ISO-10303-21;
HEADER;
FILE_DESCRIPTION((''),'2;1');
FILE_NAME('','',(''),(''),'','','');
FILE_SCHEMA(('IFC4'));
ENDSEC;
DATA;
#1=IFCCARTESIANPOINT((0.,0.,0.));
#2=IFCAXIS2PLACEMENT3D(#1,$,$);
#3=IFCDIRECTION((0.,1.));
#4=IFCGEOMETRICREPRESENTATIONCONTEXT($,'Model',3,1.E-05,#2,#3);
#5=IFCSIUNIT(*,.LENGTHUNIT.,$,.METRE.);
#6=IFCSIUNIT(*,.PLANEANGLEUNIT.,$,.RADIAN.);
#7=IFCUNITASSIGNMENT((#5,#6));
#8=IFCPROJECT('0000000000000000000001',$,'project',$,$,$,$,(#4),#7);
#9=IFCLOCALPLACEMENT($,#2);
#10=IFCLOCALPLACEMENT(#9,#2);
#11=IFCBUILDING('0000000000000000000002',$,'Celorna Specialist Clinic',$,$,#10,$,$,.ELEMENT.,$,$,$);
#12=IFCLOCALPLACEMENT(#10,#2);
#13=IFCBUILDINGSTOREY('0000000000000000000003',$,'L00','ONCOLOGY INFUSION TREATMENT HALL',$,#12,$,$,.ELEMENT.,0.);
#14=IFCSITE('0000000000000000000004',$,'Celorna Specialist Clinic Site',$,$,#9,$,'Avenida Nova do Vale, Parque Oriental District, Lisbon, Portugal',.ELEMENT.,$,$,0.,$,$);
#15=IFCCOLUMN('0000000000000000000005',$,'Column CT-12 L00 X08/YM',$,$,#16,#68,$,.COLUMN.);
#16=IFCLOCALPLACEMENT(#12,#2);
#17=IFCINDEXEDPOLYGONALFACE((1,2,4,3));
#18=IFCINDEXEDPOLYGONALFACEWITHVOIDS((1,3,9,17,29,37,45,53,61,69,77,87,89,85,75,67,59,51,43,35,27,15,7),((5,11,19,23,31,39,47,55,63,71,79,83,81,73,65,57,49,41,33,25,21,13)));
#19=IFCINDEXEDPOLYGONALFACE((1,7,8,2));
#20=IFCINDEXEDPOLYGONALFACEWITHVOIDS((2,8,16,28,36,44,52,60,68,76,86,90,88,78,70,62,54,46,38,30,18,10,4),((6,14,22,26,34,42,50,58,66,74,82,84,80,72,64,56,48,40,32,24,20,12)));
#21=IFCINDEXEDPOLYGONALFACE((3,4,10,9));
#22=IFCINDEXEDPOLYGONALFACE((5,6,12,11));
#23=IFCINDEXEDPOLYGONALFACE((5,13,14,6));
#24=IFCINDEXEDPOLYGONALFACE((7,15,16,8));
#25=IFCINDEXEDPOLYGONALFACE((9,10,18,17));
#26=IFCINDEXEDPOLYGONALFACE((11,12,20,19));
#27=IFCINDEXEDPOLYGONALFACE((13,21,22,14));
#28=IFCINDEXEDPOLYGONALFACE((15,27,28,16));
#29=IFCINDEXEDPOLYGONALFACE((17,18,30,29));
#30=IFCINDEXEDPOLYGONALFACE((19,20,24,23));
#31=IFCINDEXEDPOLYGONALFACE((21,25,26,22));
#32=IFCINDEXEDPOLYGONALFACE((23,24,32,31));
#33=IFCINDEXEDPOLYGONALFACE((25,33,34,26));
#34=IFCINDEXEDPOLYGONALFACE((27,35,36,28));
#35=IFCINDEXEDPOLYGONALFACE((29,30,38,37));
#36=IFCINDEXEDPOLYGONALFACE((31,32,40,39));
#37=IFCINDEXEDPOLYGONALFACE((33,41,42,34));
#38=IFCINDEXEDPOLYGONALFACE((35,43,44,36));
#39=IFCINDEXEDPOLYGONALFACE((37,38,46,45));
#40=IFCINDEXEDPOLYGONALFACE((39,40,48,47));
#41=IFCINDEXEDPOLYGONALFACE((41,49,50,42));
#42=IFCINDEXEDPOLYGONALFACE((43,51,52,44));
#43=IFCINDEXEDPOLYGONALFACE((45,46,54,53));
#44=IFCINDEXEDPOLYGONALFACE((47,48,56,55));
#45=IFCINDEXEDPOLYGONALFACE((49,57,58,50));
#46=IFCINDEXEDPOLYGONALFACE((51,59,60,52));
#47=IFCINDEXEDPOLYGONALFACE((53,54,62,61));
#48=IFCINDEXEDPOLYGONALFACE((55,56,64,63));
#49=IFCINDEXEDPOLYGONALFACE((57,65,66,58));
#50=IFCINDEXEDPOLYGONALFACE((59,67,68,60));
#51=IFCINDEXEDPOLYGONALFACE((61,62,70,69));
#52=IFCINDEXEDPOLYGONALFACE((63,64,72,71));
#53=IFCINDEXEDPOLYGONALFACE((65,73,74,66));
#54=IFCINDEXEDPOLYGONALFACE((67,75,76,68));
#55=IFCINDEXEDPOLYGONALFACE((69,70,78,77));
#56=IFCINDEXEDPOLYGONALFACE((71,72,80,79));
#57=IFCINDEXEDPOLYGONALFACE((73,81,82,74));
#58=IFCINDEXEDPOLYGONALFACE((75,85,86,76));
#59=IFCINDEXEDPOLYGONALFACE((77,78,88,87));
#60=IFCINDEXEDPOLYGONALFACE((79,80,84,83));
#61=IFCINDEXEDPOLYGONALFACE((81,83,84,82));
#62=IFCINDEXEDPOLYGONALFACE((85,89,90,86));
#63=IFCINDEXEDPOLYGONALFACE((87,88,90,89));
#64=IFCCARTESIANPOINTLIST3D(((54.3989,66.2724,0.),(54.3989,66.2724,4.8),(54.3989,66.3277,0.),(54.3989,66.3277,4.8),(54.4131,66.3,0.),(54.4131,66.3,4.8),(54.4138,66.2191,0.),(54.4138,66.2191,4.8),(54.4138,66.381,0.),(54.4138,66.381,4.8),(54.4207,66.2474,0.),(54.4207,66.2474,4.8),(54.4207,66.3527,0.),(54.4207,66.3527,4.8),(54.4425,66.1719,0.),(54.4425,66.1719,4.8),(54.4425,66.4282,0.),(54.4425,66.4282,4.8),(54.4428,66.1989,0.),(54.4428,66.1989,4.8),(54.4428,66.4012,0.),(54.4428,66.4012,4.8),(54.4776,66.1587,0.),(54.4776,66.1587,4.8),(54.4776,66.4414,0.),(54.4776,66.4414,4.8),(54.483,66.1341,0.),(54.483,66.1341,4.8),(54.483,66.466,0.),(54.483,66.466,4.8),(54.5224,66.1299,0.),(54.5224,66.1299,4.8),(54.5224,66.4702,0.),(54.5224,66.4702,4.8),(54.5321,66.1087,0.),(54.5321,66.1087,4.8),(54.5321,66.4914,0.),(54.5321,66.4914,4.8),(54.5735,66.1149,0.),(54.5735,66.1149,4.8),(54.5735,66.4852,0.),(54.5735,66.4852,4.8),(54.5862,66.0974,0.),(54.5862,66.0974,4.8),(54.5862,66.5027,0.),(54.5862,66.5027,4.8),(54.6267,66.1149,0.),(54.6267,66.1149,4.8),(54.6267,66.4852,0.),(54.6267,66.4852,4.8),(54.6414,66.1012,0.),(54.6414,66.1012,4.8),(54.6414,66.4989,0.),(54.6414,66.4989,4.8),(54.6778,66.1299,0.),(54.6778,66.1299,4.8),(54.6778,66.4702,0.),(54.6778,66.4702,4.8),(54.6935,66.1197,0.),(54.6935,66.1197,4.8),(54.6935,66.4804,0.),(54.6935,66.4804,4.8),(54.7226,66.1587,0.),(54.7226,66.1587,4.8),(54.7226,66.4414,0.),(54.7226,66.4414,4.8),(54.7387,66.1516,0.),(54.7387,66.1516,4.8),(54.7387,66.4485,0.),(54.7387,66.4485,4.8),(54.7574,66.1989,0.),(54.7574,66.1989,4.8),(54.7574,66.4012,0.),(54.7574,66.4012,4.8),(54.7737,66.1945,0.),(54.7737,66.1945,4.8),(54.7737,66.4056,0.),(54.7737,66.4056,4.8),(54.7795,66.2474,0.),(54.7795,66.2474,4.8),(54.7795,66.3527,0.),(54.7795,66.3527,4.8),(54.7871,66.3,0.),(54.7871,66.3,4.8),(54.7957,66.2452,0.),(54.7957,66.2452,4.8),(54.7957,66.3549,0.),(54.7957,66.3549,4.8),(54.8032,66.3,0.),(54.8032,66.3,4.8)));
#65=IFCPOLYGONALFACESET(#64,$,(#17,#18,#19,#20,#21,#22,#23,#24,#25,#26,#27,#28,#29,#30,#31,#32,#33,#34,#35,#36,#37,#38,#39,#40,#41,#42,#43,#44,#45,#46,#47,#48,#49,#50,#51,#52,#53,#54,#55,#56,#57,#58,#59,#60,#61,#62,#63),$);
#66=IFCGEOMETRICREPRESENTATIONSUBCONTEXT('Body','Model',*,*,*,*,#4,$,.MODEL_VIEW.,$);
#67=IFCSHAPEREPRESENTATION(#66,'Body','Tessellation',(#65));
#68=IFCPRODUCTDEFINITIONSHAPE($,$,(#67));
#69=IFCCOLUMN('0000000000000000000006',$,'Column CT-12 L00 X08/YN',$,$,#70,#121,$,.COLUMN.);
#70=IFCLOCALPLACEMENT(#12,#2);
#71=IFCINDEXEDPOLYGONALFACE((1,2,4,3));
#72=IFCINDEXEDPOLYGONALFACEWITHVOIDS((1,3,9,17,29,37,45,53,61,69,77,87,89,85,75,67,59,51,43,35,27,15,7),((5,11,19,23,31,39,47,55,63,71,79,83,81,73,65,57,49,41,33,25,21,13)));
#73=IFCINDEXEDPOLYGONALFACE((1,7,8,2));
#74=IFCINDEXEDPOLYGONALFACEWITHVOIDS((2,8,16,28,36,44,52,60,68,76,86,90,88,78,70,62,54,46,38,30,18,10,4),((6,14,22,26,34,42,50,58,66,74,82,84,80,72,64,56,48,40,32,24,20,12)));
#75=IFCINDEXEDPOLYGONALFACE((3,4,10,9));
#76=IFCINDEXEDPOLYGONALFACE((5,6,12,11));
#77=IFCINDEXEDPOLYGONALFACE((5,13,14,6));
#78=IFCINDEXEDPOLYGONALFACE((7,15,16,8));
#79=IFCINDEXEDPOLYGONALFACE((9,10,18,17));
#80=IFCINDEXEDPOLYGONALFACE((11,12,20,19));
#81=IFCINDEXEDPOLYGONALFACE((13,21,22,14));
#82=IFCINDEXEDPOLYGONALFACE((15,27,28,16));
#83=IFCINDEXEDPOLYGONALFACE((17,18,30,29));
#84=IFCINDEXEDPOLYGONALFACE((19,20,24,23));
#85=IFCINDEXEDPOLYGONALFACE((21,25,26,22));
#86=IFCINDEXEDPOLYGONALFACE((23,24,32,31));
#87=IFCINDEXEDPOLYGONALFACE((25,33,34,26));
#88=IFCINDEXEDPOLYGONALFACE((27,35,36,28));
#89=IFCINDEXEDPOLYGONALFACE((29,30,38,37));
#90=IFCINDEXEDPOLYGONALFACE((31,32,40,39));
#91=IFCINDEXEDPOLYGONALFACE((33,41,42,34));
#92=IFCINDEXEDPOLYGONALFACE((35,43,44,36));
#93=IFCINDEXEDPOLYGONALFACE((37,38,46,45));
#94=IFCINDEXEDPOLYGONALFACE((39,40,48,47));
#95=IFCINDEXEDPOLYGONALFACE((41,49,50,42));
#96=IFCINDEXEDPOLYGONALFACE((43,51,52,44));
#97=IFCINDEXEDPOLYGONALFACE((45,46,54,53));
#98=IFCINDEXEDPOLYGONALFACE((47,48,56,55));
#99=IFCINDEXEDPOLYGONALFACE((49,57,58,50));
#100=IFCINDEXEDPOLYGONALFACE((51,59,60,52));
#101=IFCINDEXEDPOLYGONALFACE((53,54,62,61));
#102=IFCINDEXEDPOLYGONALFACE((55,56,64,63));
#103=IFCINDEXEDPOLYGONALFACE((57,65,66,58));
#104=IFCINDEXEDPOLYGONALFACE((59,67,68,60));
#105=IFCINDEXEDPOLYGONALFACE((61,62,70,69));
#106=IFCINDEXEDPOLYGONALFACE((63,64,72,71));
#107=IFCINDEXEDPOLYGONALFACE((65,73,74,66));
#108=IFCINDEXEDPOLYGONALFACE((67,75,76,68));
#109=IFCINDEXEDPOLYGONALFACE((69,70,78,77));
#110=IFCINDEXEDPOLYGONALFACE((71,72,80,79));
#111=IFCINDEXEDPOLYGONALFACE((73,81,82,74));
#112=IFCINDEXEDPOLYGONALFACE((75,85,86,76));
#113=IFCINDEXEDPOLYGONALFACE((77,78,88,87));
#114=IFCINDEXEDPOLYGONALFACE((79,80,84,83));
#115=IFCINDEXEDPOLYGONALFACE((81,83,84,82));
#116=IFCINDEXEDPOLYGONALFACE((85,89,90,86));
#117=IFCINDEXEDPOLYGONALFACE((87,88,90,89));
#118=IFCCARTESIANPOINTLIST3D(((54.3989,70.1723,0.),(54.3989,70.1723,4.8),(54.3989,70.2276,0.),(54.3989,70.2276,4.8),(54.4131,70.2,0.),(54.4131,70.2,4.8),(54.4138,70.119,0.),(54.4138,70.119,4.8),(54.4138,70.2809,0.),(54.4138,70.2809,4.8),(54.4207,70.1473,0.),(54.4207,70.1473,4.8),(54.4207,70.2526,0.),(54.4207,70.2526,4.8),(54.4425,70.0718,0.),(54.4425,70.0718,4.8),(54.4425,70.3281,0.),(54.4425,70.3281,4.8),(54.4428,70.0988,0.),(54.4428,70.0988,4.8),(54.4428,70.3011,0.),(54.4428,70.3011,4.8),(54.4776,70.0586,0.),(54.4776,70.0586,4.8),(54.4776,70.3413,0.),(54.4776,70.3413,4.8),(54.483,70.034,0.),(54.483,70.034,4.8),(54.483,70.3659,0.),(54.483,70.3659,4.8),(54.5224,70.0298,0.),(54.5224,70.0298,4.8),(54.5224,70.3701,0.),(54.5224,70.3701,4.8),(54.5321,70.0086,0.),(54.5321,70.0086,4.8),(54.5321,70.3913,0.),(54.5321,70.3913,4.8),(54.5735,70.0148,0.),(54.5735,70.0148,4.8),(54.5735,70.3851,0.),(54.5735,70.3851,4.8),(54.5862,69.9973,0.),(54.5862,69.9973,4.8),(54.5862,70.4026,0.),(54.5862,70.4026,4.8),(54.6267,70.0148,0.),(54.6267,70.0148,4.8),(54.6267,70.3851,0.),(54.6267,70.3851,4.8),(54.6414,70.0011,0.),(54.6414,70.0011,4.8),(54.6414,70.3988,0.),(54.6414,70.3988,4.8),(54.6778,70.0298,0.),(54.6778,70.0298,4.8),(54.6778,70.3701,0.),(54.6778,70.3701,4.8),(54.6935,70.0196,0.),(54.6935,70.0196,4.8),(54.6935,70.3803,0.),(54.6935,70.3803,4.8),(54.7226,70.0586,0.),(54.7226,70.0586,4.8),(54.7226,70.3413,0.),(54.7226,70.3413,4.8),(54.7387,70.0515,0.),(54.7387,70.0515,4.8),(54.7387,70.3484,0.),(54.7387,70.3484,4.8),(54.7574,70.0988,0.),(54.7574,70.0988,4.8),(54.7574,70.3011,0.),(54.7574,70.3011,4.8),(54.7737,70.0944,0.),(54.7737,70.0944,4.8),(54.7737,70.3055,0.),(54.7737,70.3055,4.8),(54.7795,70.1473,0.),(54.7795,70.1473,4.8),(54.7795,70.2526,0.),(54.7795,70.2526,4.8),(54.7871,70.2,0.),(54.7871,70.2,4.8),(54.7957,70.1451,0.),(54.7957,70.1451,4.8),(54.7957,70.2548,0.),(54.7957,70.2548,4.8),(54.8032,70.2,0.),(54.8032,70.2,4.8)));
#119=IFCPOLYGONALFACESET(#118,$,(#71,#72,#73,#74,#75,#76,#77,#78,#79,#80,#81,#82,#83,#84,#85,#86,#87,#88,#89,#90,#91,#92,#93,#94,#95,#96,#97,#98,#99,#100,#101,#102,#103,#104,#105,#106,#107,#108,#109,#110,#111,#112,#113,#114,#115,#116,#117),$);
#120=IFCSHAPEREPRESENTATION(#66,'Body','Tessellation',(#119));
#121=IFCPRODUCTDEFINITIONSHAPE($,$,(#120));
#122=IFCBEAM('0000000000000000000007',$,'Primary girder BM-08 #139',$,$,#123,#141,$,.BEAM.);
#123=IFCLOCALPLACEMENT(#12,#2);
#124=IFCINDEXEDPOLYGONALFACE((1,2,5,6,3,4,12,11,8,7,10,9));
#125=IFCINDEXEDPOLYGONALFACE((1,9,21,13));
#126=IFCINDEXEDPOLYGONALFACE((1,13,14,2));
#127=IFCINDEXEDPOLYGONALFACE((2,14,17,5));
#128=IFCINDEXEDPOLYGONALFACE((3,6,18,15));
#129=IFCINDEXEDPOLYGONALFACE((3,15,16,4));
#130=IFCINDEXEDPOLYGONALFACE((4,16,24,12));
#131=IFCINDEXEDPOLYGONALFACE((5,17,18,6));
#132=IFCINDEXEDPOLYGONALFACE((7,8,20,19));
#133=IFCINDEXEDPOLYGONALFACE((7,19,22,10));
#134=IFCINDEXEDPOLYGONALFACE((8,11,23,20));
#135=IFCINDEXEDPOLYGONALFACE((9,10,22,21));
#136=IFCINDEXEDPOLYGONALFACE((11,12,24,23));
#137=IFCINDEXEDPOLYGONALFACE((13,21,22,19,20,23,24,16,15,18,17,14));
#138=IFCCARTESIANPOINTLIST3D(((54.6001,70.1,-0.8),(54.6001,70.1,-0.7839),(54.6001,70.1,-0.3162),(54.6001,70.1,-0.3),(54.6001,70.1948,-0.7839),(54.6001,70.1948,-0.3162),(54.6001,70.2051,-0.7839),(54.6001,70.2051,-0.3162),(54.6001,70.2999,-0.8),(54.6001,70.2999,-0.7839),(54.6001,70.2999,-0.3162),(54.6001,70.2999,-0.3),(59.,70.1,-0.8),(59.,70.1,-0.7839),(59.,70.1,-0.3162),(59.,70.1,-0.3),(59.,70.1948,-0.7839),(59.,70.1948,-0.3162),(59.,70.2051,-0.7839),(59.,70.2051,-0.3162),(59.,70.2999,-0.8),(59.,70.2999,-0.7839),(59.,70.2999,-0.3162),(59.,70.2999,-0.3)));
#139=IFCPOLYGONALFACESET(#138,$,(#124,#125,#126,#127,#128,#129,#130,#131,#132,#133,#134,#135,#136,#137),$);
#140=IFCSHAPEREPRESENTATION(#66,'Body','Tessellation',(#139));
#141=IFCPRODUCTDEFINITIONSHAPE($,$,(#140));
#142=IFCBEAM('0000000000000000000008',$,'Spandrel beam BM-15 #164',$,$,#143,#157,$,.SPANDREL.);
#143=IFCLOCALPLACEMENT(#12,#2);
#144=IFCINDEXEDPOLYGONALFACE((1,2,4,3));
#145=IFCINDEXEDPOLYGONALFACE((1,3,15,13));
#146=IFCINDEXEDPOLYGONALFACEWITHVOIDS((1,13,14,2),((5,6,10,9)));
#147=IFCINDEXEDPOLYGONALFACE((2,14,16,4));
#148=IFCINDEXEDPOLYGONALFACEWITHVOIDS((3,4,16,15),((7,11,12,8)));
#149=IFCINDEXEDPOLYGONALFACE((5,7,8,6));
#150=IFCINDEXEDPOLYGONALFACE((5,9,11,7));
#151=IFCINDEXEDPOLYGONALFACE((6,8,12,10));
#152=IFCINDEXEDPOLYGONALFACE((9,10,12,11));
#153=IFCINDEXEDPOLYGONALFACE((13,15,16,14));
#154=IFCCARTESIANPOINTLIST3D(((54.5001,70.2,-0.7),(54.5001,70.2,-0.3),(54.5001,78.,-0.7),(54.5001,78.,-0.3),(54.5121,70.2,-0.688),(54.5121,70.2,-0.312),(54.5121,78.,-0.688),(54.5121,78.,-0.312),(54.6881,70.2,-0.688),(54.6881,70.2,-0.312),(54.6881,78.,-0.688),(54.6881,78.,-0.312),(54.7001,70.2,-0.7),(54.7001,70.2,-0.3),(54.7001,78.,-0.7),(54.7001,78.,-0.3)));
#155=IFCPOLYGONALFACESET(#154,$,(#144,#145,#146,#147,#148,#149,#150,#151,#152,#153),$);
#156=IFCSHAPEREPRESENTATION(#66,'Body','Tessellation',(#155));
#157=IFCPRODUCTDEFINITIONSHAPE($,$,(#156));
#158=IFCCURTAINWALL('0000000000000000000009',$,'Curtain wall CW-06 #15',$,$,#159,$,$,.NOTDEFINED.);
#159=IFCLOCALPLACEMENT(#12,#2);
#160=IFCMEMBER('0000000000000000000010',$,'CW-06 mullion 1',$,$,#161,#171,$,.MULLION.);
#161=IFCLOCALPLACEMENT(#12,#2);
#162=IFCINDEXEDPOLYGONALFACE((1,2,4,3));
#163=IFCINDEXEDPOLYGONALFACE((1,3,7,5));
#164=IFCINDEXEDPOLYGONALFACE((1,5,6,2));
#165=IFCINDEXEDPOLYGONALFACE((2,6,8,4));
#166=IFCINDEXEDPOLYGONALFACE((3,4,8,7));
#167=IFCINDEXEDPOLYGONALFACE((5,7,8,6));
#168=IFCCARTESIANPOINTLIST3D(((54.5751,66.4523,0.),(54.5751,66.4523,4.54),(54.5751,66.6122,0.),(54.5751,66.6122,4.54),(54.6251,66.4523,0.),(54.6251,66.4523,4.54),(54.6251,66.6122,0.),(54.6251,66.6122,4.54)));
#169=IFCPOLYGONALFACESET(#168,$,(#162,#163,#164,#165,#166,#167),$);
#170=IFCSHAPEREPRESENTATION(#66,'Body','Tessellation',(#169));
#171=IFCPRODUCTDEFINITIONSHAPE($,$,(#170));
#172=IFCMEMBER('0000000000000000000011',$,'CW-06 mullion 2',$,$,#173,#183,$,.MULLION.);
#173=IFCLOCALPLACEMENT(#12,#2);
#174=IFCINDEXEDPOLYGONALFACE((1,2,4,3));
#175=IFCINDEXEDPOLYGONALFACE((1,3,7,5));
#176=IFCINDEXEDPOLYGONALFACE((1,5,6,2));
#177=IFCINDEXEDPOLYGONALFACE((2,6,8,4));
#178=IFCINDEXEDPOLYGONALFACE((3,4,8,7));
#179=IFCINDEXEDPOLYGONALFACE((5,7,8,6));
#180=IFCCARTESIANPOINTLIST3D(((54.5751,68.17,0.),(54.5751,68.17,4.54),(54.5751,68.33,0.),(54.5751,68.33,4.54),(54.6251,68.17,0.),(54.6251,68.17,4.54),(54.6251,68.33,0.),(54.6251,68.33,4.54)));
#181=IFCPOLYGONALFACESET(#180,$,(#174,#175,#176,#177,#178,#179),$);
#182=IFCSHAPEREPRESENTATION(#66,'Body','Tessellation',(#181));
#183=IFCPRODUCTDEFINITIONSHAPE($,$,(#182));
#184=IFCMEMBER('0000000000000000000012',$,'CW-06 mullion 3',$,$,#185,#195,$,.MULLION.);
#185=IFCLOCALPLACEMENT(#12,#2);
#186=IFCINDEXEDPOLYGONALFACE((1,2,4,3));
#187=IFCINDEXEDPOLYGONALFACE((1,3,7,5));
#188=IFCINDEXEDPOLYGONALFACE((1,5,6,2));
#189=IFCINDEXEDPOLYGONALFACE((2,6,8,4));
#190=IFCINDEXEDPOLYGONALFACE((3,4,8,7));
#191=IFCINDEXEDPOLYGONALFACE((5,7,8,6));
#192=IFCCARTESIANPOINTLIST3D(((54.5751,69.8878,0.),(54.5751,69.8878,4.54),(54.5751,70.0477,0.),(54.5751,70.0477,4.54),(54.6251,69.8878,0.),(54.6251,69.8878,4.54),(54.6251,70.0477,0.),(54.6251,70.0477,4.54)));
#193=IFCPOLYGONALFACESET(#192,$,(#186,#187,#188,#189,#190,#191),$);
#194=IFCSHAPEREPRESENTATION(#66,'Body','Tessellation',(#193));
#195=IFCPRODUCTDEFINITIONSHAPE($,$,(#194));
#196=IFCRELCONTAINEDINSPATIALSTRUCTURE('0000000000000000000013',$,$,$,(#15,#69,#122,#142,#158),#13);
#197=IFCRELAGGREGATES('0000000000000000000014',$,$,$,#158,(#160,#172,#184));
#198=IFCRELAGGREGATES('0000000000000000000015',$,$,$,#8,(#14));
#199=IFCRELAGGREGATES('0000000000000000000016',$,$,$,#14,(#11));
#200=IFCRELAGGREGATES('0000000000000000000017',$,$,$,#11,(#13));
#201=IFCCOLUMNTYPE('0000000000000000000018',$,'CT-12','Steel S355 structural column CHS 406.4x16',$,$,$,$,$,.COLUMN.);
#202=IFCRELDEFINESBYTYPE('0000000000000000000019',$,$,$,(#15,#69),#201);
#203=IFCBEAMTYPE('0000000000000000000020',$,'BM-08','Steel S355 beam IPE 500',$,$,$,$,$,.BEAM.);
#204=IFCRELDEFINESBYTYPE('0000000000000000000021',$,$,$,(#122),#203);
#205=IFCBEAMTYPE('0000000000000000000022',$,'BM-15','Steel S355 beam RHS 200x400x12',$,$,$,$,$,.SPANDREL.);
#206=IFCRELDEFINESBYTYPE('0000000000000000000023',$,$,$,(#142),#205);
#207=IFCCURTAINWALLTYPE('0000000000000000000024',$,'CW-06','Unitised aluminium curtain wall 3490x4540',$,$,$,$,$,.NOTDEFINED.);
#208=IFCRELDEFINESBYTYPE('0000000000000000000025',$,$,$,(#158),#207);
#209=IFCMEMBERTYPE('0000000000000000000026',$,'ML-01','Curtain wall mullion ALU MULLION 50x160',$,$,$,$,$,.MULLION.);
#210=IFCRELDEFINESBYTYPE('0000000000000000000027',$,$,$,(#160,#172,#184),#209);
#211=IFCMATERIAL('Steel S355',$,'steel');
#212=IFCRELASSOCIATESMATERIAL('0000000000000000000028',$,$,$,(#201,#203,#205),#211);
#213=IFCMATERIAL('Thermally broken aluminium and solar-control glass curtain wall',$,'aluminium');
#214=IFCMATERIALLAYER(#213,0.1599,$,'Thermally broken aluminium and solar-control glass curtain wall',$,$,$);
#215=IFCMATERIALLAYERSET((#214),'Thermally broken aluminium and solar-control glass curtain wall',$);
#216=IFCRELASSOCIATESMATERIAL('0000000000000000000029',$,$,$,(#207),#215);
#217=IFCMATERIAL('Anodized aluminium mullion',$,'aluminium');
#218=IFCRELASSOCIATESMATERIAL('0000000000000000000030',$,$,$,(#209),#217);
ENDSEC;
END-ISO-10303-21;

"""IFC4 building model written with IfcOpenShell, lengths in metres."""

from ifc_helpers import new_model, si_unit, direction, frame, origin, origin_2d, place, context, subcontext, project, spatial, rectangle, hollow_rectangle, hollow_circle, i_section, extrude, material, layer, layer_set, material_profile, profile_set, type_object, element, aggregate, save


model = new_model("IFC4")

# Units and contexts
model_context = context("Model", 3, precision=1e-05, world=origin(), true_north=direction((0.0, 1.0)))
body_context = subcontext(model_context, "Body", "Model", "MODEL_VIEW")
ifc_project = project(units=[si_unit("LENGTHUNIT", "METRE"), si_unit("PLANEANGLEUNIT", "RADIAN")], contexts=[model_context])

# Site, building, storey
site_placement = place(None, origin())
site = spatial("IfcSite", under=ifc_project, at=site_placement, Name="Celorna Specialist Clinic Site", LongName="Avenida Nova do Vale, Parque Oriental District, Lisbon, Portugal", CompositionType="ELEMENT", RefElevation=0.0)
building_placement = place(site_placement, origin())
building = spatial("IfcBuilding", under=site, at=building_placement, Name="Celorna Specialist Clinic", CompositionType="ELEMENT")
storey_placement = place(building_placement, origin())
storey = spatial("IfcBuildingStorey", under=building, at=storey_placement, Name="L00", Description="ONCOLOGY INFUSION TREATMENT HALL", CompositionType="ELEMENT", Elevation=0.0)

# Columns
ifc_material_1 = material(Name="Steel S355", Category="steel")
ifc_material_profile_1 = material_profile(ifc_material_1, hollow_circle(Radius=0.2031, WallThickness=0.0161, at=origin_2d()), Name="CHS 406.4x16")
ifc_profile_set_1 = profile_set([ifc_material_profile_1], Name="Steel S355")
column_type = type_object("IfcColumnType", Name="CT-12", Description="Steel S355 structural column CHS 406.4x16", PredefinedType="COLUMN", material=ifc_profile_set_1)
for number, where, z_axis, x_axis, name in (
    (1, (54.6001, 66.3, 0.0), (0.0, 0.0, 1.0), (1.0, 0.0, 0.0), "Column CT-12 L00 X08/YM"),
    (2, (54.6001, 70.2, 0.0), (0.0, 0.0, 1.0), (1.0, 0.0, 0.0), "Column CT-12 L00 X08/YN"),
):
    element("IfcColumn", number, at=place(storey_placement, frame(where, z_axis=z_axis, x_axis=x_axis)), inside=storey, type_object=column_type, Name=name, PredefinedType="COLUMN", context=body_context, shape_type="SweptSolid", body=[
        extrude(hollow_circle(Radius=0.2031, WallThickness=0.0161, at=origin_2d()), origin(), (0.0, 0.0, 1.0), 4.8),
    ])

# Beams
ifc_material_profile_2 = material_profile(ifc_material_1, i_section(OverallWidth=0.2, OverallDepth=0.5, WebThickness=0.0103, FlangeThickness=0.0161, at=origin_2d()), Name="IPE 500")
ifc_profile_set_2 = profile_set([ifc_material_profile_2], Name="Steel S355")
beam_type_1 = type_object("IfcBeamType", Name="BM-08", Description="Steel S355 beam IPE 500", PredefinedType="BEAM", material=ifc_profile_set_2)
beam_1_placement = place(storey_placement, frame((54.6001, 70.2, -0.55), z_axis=(1.0, 0.0, 0.0), x_axis=(0.0, 1.0, 0.0)))
element("IfcBeam", 3, at=beam_1_placement, inside=storey, type_object=beam_type_1, Name="Primary girder BM-08 #139", PredefinedType="BEAM", context=body_context, shape_type="SweptSolid", body=[
    extrude(i_section(OverallWidth=0.2, OverallDepth=0.5, WebThickness=0.0103, FlangeThickness=0.0161, at=origin_2d()), origin(), (0.0, 0.0, 1.0), 4.3999),
])
ifc_material_profile_3 = material_profile(ifc_material_1, hollow_rectangle(XDim=0.2, YDim=0.3999, WallThickness=0.012, at=origin_2d()), Name="RHS 200x400x12")
ifc_profile_set_3 = profile_set([ifc_material_profile_3], Name="Steel S355")
beam_type_2 = type_object("IfcBeamType", Name="BM-15", Description="Steel S355 beam RHS 200x400x12", PredefinedType="SPANDREL", material=ifc_profile_set_3)
beam_2_placement = place(storey_placement, frame((54.6001, 70.2, -0.5), z_axis=(0.0, 1.0, 0.0), x_axis=(-1.0, 0.0, 0.0)))
element("IfcBeam", 4, at=beam_2_placement, inside=storey, type_object=beam_type_2, Name="Spandrel beam BM-15 #164", PredefinedType="SPANDREL", context=body_context, shape_type="SweptSolid", body=[
    extrude(hollow_rectangle(XDim=0.2, YDim=0.3999, WallThickness=0.012, at=origin_2d()), origin(), (0.0, 0.0, 1.0), 7.8),
])

# Curtain wall, members
ifc_material_2 = material(Name="Thermally broken aluminium and solar-control glass curtain wall", Category="aluminium")
ifc_layer_1 = layer(ifc_material_2, 0.1599, Name="Thermally broken aluminium and solar-control glass curtain wall")
ifc_layer_set_1 = layer_set([ifc_layer_1], Name="Thermally broken aluminium and solar-control glass curtain wall")
curtain_wall_type_1 = type_object("IfcCurtainWallType", Name="CW-06", Description="Unitised aluminium curtain wall 3490x4540", PredefinedType="NOTDEFINED", material=ifc_layer_set_1)
curtain_wall_1_placement = place(storey_placement, origin())
curtain_wall_1 = element("IfcCurtainWall", 5, at=curtain_wall_1_placement, inside=storey, type_object=curtain_wall_type_1, Name="Curtain wall CW-06 #15", PredefinedType="NOTDEFINED")
ifc_material_3 = material(Name="Anodized aluminium mullion", Category="aluminium")
ifc_material_profile_4 = material_profile(ifc_material_3, rectangle(XDim=0.05, YDim=0.1599, at=origin_2d()), Name="ALU MULLION 50x160")
ifc_profile_set_4 = profile_set([ifc_material_profile_4], Name="Anodized aluminium mullion")
member_type_1 = type_object("IfcMemberType", Name="ML-01", Description="Curtain wall mullion ALU MULLION 50x160", PredefinedType="MULLION", material=ifc_profile_set_4)
member_1_placement = place(storey_placement, frame((54.6001, 66.5322, 0.0), z_axis=(0.0, 0.0, 1.0), x_axis=(-1.0, 0.0, 0.0)))
member_1 = element("IfcMember", 6, at=member_1_placement, type_object=member_type_1, Name="CW-06 mullion 1", PredefinedType="MULLION", context=body_context, shape_type="SweptSolid", body=[
    extrude(rectangle(XDim=0.05, YDim=0.1599, at=origin_2d()), origin(), (0.0, 0.0, 1.0), 4.54),
])
member_2_placement = place(storey_placement, frame((54.6001, 68.25, 0.0), z_axis=(0.0, 0.0, 1.0), x_axis=(-1.0, 0.0, 0.0)))
member_2 = element("IfcMember", 7, at=member_2_placement, type_object=member_type_1, Name="CW-06 mullion 2", PredefinedType="MULLION", context=body_context, shape_type="SweptSolid", body=[
    extrude(rectangle(XDim=0.05, YDim=0.1599, at=origin_2d()), origin(), (0.0, 0.0, 1.0), 4.54),
])
member_3_placement = place(storey_placement, frame((54.6001, 69.9678, 0.0), z_axis=(0.0, 0.0, 1.0), x_axis=(-1.0, 0.0, 0.0)))
member_3 = element("IfcMember", 8, at=member_3_placement, type_object=member_type_1, Name="CW-06 mullion 3", PredefinedType="MULLION", context=body_context, shape_type="SweptSolid", body=[
    extrude(rectangle(XDim=0.05, YDim=0.1599, at=origin_2d()), origin(), (0.0, 0.0, 1.0), 4.54),
])

aggregate(curtain_wall_1, [member_1, member_2, member_3])

save(model, "model.ifc")
